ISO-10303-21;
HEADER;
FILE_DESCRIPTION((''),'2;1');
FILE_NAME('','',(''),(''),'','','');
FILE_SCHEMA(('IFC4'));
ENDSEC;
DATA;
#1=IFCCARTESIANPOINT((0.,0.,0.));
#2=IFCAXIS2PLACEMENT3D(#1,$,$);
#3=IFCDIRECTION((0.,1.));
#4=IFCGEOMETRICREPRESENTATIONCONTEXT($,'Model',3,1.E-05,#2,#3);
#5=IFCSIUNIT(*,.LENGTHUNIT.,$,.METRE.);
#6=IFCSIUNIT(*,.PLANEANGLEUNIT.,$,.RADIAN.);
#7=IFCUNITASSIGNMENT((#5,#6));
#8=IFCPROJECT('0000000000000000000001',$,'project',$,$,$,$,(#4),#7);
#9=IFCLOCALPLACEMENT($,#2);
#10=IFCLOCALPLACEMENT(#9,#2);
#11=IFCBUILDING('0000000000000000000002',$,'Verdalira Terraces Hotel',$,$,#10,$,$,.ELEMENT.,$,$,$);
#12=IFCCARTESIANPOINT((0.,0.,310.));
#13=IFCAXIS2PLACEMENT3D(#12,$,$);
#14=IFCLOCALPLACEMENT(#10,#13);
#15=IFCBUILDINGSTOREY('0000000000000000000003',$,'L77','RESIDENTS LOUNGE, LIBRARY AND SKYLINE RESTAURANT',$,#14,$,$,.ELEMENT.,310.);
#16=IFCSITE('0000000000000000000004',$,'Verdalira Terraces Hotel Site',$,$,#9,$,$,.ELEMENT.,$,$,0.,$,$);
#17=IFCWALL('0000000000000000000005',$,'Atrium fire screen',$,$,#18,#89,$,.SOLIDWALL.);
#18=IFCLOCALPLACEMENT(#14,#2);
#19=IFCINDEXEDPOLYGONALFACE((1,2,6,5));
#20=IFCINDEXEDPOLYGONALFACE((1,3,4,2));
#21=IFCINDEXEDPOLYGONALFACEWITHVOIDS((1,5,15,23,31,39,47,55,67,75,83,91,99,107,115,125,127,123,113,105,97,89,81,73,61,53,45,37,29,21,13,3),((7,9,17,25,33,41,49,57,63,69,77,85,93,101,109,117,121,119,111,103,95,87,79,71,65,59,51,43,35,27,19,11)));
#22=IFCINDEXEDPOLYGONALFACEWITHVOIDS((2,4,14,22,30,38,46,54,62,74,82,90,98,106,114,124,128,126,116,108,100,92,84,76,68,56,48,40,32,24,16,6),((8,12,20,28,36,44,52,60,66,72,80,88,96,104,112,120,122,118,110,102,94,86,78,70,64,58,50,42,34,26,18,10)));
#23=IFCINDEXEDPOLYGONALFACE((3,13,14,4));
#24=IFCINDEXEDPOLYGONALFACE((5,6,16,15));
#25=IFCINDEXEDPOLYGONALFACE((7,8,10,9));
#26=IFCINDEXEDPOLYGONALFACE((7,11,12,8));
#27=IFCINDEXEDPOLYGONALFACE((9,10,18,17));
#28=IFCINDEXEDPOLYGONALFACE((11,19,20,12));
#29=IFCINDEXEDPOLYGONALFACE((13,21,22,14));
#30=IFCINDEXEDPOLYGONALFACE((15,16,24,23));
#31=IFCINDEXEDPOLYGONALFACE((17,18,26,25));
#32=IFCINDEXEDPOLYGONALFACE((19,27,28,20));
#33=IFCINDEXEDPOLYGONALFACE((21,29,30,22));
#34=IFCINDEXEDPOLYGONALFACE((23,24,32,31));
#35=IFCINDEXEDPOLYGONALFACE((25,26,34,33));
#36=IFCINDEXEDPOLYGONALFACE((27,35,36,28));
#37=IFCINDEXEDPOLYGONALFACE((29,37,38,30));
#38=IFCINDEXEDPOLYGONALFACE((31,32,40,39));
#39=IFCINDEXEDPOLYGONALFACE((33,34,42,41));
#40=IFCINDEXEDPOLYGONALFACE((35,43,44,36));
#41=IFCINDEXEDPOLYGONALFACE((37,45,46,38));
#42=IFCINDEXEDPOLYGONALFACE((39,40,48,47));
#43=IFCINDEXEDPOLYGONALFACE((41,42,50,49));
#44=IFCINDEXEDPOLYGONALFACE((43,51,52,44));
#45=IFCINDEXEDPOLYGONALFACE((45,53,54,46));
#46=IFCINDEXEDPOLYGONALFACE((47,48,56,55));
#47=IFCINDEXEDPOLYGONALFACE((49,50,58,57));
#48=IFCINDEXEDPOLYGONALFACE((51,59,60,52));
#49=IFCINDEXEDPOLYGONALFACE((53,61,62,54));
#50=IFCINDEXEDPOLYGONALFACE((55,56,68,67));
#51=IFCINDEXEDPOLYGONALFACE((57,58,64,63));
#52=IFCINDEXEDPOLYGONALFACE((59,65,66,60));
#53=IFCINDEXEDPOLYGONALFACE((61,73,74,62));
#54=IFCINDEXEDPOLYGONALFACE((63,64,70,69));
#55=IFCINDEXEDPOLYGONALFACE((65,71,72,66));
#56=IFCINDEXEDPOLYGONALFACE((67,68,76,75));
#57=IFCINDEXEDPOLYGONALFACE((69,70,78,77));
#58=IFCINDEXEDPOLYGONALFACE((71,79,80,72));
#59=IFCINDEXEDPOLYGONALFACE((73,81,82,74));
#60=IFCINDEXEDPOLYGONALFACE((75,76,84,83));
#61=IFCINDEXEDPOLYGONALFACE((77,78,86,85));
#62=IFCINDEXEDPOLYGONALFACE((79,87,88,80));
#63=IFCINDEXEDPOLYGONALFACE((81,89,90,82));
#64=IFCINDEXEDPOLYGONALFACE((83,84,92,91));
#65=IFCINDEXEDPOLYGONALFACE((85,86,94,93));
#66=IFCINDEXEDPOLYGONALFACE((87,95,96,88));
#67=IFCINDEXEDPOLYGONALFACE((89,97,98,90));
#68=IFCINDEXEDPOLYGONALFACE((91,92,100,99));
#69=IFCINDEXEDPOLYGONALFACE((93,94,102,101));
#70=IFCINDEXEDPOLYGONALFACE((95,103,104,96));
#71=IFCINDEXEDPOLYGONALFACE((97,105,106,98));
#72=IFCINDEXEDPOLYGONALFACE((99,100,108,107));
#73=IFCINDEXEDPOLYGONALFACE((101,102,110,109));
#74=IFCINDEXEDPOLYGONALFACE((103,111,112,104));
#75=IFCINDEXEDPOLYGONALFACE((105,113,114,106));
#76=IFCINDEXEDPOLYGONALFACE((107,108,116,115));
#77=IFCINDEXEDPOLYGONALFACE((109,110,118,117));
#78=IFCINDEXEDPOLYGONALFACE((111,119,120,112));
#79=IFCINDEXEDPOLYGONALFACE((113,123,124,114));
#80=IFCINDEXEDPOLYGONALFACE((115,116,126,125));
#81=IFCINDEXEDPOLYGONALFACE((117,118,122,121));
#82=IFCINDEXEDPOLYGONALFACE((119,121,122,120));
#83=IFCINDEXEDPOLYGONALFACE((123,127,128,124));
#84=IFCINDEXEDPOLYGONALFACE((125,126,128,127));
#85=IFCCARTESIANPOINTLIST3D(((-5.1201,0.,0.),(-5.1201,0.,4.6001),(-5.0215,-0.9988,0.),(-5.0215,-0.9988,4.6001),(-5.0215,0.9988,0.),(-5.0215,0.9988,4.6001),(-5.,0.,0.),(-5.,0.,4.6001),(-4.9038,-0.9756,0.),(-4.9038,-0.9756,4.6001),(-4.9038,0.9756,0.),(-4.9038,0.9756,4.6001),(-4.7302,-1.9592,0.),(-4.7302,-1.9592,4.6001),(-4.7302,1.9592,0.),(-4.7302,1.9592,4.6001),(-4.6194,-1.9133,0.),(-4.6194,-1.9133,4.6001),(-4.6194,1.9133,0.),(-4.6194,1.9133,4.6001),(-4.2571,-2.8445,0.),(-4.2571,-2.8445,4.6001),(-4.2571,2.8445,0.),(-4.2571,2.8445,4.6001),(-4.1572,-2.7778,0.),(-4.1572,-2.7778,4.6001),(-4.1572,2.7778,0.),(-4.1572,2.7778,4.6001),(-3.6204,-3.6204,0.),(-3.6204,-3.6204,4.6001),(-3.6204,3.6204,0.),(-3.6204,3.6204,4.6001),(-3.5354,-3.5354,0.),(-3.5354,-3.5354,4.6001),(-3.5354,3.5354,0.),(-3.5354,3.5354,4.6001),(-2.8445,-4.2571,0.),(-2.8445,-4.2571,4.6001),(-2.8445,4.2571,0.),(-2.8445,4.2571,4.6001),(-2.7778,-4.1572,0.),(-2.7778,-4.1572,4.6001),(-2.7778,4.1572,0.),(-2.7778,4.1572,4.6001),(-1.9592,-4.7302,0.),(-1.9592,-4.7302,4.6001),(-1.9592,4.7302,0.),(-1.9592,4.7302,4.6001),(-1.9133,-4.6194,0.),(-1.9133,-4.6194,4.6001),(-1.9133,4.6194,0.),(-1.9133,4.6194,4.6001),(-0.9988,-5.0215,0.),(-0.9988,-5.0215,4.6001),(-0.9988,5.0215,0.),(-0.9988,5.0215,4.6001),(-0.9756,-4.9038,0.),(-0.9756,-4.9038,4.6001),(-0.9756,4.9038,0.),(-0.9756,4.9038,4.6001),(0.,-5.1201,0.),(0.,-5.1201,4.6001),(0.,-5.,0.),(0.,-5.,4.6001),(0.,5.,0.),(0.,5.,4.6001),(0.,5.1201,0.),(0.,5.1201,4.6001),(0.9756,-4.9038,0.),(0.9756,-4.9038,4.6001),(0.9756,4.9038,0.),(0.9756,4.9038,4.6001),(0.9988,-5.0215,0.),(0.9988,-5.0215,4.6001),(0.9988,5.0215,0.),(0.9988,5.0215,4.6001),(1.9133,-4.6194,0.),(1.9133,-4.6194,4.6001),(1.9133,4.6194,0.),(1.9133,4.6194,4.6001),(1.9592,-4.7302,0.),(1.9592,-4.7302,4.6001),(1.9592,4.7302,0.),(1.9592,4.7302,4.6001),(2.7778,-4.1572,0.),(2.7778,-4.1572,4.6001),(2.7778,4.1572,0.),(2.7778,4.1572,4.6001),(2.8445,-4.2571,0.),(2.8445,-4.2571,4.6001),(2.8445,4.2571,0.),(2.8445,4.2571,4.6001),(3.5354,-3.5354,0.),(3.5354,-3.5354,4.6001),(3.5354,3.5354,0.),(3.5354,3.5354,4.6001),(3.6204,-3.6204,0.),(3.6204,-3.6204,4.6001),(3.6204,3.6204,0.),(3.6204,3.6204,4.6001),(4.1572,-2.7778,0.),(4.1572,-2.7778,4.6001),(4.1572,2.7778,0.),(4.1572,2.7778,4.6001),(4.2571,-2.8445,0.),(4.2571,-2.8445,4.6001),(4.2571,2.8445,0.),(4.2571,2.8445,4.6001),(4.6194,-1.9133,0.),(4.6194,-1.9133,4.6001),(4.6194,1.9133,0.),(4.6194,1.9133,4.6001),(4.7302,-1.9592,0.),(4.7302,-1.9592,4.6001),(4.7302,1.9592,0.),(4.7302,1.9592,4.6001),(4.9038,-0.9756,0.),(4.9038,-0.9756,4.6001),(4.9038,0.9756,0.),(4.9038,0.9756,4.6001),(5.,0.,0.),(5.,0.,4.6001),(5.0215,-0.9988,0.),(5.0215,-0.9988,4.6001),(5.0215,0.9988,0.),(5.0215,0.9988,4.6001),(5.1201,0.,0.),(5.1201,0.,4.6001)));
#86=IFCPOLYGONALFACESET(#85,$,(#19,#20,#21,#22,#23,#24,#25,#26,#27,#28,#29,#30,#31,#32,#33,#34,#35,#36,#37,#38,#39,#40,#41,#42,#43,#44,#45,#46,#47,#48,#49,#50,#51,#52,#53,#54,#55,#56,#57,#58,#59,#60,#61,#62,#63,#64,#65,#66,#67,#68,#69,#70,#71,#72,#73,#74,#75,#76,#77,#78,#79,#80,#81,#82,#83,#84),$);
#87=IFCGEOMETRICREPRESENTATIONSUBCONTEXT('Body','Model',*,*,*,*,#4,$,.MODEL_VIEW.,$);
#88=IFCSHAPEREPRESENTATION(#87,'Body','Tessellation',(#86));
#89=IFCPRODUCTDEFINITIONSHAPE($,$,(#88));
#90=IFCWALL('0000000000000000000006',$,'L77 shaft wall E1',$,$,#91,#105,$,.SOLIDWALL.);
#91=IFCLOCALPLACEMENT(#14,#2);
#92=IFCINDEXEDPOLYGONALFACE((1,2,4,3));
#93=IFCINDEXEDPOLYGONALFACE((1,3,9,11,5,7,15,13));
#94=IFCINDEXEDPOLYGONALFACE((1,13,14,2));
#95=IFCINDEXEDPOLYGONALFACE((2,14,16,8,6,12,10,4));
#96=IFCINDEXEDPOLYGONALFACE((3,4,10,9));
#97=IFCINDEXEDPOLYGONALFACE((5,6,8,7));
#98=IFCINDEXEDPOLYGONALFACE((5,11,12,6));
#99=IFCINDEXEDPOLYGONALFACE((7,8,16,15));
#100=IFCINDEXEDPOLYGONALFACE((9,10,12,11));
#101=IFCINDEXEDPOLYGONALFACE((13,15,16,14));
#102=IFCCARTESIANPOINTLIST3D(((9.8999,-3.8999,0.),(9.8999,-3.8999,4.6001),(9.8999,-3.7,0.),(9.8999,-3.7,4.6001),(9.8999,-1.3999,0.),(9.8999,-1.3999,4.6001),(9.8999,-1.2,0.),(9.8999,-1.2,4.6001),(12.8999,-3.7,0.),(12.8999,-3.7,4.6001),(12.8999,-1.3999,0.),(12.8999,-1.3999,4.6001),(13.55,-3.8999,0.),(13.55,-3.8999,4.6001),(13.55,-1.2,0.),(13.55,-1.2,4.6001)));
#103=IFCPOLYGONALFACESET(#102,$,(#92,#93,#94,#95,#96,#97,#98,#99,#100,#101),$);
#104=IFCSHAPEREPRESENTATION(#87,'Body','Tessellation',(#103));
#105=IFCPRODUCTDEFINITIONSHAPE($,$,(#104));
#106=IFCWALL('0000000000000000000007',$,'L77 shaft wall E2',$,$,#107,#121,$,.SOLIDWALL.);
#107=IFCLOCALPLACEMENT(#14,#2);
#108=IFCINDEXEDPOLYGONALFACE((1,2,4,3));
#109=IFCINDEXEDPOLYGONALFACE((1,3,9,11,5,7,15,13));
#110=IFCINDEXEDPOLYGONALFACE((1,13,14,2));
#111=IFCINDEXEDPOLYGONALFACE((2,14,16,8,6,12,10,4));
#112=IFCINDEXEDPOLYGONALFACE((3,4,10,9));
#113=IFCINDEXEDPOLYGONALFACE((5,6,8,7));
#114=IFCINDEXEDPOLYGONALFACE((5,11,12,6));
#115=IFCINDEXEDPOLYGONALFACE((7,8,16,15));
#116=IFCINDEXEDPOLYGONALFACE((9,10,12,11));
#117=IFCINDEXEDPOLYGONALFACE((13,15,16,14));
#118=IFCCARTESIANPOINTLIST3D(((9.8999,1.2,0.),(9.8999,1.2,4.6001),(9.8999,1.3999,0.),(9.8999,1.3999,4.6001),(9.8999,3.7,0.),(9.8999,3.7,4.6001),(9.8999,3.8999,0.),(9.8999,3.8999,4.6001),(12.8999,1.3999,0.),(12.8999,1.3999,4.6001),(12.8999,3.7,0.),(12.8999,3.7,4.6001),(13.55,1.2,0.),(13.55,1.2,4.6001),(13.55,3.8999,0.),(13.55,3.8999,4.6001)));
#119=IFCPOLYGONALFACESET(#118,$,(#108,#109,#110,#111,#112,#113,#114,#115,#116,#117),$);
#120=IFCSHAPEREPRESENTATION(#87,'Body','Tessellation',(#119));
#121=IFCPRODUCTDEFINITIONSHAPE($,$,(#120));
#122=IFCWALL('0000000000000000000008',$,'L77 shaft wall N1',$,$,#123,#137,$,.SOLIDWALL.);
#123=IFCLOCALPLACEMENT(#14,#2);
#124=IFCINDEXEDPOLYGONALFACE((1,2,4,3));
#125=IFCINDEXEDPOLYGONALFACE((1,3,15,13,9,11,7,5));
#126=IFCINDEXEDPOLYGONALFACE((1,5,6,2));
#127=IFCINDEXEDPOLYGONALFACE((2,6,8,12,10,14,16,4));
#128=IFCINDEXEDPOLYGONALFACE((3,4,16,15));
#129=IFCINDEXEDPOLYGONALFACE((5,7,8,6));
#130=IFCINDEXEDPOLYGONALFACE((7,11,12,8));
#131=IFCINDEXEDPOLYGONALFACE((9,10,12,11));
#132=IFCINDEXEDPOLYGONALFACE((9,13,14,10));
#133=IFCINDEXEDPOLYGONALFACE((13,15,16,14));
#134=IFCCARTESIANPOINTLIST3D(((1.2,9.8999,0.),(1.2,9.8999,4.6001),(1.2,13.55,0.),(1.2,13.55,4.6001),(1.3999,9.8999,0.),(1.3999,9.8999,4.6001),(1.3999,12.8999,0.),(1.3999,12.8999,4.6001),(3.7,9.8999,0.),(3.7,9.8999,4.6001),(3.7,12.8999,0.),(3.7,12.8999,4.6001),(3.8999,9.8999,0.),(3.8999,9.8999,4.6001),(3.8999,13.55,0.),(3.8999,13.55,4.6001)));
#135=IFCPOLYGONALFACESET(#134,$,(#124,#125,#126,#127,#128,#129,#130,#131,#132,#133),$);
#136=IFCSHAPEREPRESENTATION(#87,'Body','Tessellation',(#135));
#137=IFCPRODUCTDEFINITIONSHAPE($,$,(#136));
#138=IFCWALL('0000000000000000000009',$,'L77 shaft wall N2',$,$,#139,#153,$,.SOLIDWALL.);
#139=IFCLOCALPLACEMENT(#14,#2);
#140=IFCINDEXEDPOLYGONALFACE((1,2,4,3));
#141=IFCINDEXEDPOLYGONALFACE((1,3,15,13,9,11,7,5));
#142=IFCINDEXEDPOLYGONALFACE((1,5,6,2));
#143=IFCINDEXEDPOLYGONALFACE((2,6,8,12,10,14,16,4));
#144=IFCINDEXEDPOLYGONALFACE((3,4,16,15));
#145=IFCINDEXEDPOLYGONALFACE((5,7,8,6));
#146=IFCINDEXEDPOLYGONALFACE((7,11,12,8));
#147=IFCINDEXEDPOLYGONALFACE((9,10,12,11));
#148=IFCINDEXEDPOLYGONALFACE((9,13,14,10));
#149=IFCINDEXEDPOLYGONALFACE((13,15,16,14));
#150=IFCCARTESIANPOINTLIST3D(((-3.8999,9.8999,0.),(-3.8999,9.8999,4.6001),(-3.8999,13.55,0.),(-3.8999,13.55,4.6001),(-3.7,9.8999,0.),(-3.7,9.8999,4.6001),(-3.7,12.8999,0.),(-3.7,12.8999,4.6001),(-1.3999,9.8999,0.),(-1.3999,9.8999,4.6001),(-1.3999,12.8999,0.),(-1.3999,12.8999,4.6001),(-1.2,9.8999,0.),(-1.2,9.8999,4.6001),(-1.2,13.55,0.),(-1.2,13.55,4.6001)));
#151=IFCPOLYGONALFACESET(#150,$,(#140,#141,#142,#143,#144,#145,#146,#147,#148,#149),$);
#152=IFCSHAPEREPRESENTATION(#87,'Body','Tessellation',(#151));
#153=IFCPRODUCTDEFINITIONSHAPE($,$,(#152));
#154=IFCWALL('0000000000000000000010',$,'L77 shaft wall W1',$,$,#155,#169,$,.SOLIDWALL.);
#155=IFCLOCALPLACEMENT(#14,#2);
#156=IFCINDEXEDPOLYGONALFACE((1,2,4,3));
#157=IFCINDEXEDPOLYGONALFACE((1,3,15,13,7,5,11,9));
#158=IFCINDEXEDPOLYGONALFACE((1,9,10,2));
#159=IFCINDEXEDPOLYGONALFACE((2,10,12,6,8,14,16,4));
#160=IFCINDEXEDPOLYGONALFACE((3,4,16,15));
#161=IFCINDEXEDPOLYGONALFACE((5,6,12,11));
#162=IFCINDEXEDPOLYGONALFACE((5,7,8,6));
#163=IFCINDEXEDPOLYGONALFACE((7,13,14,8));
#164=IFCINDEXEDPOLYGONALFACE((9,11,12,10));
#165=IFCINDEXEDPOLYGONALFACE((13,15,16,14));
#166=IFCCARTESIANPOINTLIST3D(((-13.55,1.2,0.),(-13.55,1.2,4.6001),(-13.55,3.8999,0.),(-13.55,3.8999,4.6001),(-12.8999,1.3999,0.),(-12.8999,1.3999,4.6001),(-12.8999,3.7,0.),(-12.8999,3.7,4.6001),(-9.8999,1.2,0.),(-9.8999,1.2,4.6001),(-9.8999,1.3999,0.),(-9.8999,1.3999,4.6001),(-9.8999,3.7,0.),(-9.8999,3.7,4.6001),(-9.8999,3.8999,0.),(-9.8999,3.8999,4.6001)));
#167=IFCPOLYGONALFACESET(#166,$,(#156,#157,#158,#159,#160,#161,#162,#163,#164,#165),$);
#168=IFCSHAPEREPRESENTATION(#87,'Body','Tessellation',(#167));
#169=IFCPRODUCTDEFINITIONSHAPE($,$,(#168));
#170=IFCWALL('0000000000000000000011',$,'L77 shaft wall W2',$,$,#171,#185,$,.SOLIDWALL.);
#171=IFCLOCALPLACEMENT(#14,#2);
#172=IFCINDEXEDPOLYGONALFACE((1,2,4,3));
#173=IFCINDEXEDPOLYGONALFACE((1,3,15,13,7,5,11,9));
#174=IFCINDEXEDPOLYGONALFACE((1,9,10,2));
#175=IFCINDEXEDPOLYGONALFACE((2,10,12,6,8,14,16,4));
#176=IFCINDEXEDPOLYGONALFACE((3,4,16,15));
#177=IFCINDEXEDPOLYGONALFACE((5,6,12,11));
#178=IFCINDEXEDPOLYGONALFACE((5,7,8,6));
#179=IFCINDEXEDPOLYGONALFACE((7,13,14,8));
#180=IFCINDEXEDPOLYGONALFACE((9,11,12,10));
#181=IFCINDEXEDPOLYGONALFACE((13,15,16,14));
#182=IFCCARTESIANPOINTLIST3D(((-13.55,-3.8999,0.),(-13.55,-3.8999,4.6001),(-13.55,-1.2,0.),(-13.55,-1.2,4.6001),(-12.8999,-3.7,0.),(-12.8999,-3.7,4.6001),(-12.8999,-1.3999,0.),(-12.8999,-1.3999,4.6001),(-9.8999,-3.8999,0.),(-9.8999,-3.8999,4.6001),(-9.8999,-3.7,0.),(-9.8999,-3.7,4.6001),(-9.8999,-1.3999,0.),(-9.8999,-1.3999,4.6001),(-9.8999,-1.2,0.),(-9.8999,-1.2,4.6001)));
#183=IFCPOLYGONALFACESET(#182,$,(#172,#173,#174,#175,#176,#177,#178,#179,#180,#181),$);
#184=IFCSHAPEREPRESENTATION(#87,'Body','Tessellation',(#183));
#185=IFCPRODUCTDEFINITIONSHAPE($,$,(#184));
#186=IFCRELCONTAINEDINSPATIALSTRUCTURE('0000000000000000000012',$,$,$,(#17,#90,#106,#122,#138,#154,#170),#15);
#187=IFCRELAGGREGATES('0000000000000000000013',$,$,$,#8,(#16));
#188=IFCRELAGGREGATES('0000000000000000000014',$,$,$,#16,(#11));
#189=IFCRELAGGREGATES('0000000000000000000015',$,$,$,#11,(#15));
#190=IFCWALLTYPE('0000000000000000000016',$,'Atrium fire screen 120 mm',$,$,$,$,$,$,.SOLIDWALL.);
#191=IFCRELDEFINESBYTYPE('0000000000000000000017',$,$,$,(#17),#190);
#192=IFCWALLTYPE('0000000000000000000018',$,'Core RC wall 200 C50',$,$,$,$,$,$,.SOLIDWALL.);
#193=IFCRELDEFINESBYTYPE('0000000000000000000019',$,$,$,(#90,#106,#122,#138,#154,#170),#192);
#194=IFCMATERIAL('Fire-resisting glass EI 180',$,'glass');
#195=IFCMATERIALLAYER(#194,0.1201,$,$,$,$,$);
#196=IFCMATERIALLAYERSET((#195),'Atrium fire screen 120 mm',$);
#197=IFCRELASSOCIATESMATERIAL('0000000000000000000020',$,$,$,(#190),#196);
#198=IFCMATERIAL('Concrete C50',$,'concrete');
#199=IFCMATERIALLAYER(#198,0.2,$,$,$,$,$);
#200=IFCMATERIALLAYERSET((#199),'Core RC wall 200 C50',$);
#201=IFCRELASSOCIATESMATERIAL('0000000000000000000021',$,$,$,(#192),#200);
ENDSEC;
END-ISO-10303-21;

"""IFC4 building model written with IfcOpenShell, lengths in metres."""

from ifc_helpers import new_model, si_unit, direction, frame, origin, place, context, subcontext, project, spatial, polyline, outline, extrude, material, layer, layer_set, type_object, element, save


model = new_model("IFC4")

# Units and contexts
model_context = context("Model", 3, precision=1e-05, world=origin(), true_north=direction((0.0, 1.0)))
body_context = subcontext(model_context, "Body", "Model", "MODEL_VIEW")
ifc_project = project(units=[si_unit("LENGTHUNIT", "METRE"), si_unit("PLANEANGLEUNIT", "RADIAN")], contexts=[model_context])

# Site, building, storey
site_placement = place(None, origin())
site = spatial("IfcSite", under=ifc_project, at=site_placement, Name="Verdalira Terraces Hotel Site", CompositionType="ELEMENT", RefElevation=0.0)
building_placement = place(site_placement, origin())
building = spatial("IfcBuilding", under=site, at=building_placement, Name="Verdalira Terraces Hotel", CompositionType="ELEMENT")
storey_placement = place(building_placement, frame((0.0, 0.0, 310.0)))
storey = spatial("IfcBuildingStorey", under=building, at=storey_placement, Name="L77", Description="RESIDENTS LOUNGE, LIBRARY AND SKYLINE RESTAURANT", CompositionType="ELEMENT", Elevation=310.0)

# Walls
ifc_material_1 = material(Name="Fire-resisting glass EI 180", Category="glass")
ifc_layer_1 = layer(ifc_material_1, 0.1201)
ifc_layer_set_1 = layer_set([ifc_layer_1], Name="Atrium fire screen 120 mm")
wall_type_1 = type_object("IfcWallType", Name="Atrium fire screen 120 mm", PredefinedType="SOLIDWALL", material=ifc_layer_set_1)
wall_1_placement = place(storey_placement, origin())
element("IfcWall", 1, at=wall_1_placement, inside=storey, type_object=wall_type_1, Name="Atrium fire screen", PredefinedType="SOLIDWALL", context=body_context, shape_type="SweptSolid", body=[
    extrude(outline(polyline([(5.0215, -0.9988), (4.7302, -1.9592), (4.2571, -2.8445), (3.6204, -3.6204), (2.8445, -4.2571), (1.9592, -4.7302), (0.9988, -5.0215), (0.0, -5.1201), (-0.9988, -5.0215), (-1.9592, -4.7302), (-2.8445, -4.2571), (-3.6204, -3.6204), (-4.2571, -2.8445), (-4.7302, -1.9592), (-5.0215, -0.9988), (-5.1201, 0.0), (-5.0215, 0.9988), (-4.7302, 1.9592), (-4.2571, 2.8445), (-3.6204, 3.6204), (-2.8445, 4.2571), (-1.9592, 4.7302), (-0.9988, 5.0215), (0.0, 5.1201), (0.9988, 5.0215), (1.9592, 4.7302), (2.8445, 4.2571), (3.6204, 3.6204), (4.2571, 2.8445), (4.7302, 1.9592), (5.0215, 0.9988), (5.1201, 0.0), (5.0215, -0.9988)]), holes=[polyline([(4.9038, 0.9756), (4.6194, 1.9133), (4.1572, 2.7778), (3.5354, 3.5354), (2.7778, 4.1572), (1.9133, 4.6194), (0.9756, 4.9038), (0.0, 5.0), (-0.9756, 4.9038), (-1.9133, 4.6194), (-2.7778, 4.1572), (-3.5354, 3.5354), (-4.1572, 2.7778), (-4.6194, 1.9133), (-4.9038, 0.9756), (-5.0, 0.0), (-4.9038, -0.9756), (-4.6194, -1.9133), (-4.1572, -2.7778), (-3.5354, -3.5354), (-2.7778, -4.1572), (-1.9133, -4.6194), (-0.9756, -4.9038), (0.0, -5.0), (0.9756, -4.9038), (1.9133, -4.6194), (2.7778, -4.1572), (3.5354, -3.5354), (4.1572, -2.7778), (4.6194, -1.9133), (4.9038, -0.9756), (5.0, 0.0), (4.9038, 0.9756)])]), origin(), (0.0, 0.0, 1.0), 4.6001),
])
ifc_material_2 = material(Name="Concrete C50", Category="concrete")
ifc_layer_2 = layer(ifc_material_2, 0.2)
ifc_layer_set_2 = layer_set([ifc_layer_2], Name="Core RC wall 200 C50")
wall_type_2 = type_object("IfcWallType", Name="Core RC wall 200 C50", PredefinedType="SOLIDWALL", material=ifc_layer_set_2)
wall_2_placement = place(storey_placement, origin())
element("IfcWall", 2, at=wall_2_placement, inside=storey, type_object=wall_type_2, Name="L77 shaft wall E1", PredefinedType="SOLIDWALL", context=body_context, shape_type="SweptSolid", body=[
    extrude(outline(polyline([(13.55, -3.8999), (9.8999, -3.8999), (9.8999, -3.7), (12.8999, -3.7), (12.8999, -1.3999), (9.8999, -1.3999), (9.8999, -1.2), (13.55, -1.2), (13.55, -3.8999)])), origin(), (0.0, 0.0, 1.0), 4.6001),
])
wall_3_placement = place(storey_placement, origin())
element("IfcWall", 3, at=wall_3_placement, inside=storey, type_object=wall_type_2, Name="L77 shaft wall E2", PredefinedType="SOLIDWALL", context=body_context, shape_type="SweptSolid", body=[
    extrude(outline(polyline([(13.55, 3.8999), (13.55, 1.2), (9.8999, 1.2), (9.8999, 1.3999), (12.8999, 1.3999), (12.8999, 3.7), (9.8999, 3.7), (9.8999, 3.8999), (13.55, 3.8999)])), origin(), (0.0, 0.0, 1.0), 4.6001),
])
wall_4_placement = place(storey_placement, origin())
element("IfcWall", 4, at=wall_4_placement, inside=storey, type_object=wall_type_2, Name="L77 shaft wall N1", PredefinedType="SOLIDWALL", context=body_context, shape_type="SweptSolid", body=[
    extrude(outline(polyline([(3.8999, 9.8999), (3.7, 9.8999), (3.7, 12.8999), (1.3999, 12.8999), (1.3999, 9.8999), (1.2, 9.8999), (1.2, 13.55), (3.8999, 13.55), (3.8999, 9.8999)])), origin(), (0.0, 0.0, 1.0), 4.6001),
])
wall_5_placement = place(storey_placement, origin())
element("IfcWall", 5, at=wall_5_placement, inside=storey, type_object=wall_type_2, Name="L77 shaft wall N2", PredefinedType="SOLIDWALL", context=body_context, shape_type="SweptSolid", body=[
    extrude(outline(polyline([(-3.8999, 13.55), (-1.2, 13.55), (-1.2, 9.8999), (-1.3999, 9.8999), (-1.3999, 12.8999), (-3.7, 12.8999), (-3.7, 9.8999), (-3.8999, 9.8999), (-3.8999, 13.55)])), origin(), (0.0, 0.0, 1.0), 4.6001),
])
wall_6_placement = place(storey_placement, origin())
element("IfcWall", 6, at=wall_6_placement, inside=storey, type_object=wall_type_2, Name="L77 shaft wall W1", PredefinedType="SOLIDWALL", context=body_context, shape_type="SweptSolid", body=[
    extrude(outline(polyline([(-13.55, 3.8999), (-9.8999, 3.8999), (-9.8999, 3.7), (-12.8999, 3.7), (-12.8999, 1.3999), (-9.8999, 1.3999), (-9.8999, 1.2), (-13.55, 1.2), (-13.55, 3.8999)])), origin(), (0.0, 0.0, 1.0), 4.6001),
])
wall_7_placement = place(storey_placement, origin())
element("IfcWall", 7, at=wall_7_placement, inside=storey, type_object=wall_type_2, Name="L77 shaft wall W2", PredefinedType="SOLIDWALL", context=body_context, shape_type="SweptSolid", body=[
    extrude(outline(polyline([(-13.55, -3.8999), (-13.55, -1.2), (-9.8999, -1.2), (-9.8999, -1.3999), (-12.8999, -1.3999), (-12.8999, -3.7), (-9.8999, -3.7), (-9.8999, -3.8999), (-13.55, -3.8999)])), origin(), (0.0, 0.0, 1.0), 4.6001),
])

save(model, "model.ifc")
